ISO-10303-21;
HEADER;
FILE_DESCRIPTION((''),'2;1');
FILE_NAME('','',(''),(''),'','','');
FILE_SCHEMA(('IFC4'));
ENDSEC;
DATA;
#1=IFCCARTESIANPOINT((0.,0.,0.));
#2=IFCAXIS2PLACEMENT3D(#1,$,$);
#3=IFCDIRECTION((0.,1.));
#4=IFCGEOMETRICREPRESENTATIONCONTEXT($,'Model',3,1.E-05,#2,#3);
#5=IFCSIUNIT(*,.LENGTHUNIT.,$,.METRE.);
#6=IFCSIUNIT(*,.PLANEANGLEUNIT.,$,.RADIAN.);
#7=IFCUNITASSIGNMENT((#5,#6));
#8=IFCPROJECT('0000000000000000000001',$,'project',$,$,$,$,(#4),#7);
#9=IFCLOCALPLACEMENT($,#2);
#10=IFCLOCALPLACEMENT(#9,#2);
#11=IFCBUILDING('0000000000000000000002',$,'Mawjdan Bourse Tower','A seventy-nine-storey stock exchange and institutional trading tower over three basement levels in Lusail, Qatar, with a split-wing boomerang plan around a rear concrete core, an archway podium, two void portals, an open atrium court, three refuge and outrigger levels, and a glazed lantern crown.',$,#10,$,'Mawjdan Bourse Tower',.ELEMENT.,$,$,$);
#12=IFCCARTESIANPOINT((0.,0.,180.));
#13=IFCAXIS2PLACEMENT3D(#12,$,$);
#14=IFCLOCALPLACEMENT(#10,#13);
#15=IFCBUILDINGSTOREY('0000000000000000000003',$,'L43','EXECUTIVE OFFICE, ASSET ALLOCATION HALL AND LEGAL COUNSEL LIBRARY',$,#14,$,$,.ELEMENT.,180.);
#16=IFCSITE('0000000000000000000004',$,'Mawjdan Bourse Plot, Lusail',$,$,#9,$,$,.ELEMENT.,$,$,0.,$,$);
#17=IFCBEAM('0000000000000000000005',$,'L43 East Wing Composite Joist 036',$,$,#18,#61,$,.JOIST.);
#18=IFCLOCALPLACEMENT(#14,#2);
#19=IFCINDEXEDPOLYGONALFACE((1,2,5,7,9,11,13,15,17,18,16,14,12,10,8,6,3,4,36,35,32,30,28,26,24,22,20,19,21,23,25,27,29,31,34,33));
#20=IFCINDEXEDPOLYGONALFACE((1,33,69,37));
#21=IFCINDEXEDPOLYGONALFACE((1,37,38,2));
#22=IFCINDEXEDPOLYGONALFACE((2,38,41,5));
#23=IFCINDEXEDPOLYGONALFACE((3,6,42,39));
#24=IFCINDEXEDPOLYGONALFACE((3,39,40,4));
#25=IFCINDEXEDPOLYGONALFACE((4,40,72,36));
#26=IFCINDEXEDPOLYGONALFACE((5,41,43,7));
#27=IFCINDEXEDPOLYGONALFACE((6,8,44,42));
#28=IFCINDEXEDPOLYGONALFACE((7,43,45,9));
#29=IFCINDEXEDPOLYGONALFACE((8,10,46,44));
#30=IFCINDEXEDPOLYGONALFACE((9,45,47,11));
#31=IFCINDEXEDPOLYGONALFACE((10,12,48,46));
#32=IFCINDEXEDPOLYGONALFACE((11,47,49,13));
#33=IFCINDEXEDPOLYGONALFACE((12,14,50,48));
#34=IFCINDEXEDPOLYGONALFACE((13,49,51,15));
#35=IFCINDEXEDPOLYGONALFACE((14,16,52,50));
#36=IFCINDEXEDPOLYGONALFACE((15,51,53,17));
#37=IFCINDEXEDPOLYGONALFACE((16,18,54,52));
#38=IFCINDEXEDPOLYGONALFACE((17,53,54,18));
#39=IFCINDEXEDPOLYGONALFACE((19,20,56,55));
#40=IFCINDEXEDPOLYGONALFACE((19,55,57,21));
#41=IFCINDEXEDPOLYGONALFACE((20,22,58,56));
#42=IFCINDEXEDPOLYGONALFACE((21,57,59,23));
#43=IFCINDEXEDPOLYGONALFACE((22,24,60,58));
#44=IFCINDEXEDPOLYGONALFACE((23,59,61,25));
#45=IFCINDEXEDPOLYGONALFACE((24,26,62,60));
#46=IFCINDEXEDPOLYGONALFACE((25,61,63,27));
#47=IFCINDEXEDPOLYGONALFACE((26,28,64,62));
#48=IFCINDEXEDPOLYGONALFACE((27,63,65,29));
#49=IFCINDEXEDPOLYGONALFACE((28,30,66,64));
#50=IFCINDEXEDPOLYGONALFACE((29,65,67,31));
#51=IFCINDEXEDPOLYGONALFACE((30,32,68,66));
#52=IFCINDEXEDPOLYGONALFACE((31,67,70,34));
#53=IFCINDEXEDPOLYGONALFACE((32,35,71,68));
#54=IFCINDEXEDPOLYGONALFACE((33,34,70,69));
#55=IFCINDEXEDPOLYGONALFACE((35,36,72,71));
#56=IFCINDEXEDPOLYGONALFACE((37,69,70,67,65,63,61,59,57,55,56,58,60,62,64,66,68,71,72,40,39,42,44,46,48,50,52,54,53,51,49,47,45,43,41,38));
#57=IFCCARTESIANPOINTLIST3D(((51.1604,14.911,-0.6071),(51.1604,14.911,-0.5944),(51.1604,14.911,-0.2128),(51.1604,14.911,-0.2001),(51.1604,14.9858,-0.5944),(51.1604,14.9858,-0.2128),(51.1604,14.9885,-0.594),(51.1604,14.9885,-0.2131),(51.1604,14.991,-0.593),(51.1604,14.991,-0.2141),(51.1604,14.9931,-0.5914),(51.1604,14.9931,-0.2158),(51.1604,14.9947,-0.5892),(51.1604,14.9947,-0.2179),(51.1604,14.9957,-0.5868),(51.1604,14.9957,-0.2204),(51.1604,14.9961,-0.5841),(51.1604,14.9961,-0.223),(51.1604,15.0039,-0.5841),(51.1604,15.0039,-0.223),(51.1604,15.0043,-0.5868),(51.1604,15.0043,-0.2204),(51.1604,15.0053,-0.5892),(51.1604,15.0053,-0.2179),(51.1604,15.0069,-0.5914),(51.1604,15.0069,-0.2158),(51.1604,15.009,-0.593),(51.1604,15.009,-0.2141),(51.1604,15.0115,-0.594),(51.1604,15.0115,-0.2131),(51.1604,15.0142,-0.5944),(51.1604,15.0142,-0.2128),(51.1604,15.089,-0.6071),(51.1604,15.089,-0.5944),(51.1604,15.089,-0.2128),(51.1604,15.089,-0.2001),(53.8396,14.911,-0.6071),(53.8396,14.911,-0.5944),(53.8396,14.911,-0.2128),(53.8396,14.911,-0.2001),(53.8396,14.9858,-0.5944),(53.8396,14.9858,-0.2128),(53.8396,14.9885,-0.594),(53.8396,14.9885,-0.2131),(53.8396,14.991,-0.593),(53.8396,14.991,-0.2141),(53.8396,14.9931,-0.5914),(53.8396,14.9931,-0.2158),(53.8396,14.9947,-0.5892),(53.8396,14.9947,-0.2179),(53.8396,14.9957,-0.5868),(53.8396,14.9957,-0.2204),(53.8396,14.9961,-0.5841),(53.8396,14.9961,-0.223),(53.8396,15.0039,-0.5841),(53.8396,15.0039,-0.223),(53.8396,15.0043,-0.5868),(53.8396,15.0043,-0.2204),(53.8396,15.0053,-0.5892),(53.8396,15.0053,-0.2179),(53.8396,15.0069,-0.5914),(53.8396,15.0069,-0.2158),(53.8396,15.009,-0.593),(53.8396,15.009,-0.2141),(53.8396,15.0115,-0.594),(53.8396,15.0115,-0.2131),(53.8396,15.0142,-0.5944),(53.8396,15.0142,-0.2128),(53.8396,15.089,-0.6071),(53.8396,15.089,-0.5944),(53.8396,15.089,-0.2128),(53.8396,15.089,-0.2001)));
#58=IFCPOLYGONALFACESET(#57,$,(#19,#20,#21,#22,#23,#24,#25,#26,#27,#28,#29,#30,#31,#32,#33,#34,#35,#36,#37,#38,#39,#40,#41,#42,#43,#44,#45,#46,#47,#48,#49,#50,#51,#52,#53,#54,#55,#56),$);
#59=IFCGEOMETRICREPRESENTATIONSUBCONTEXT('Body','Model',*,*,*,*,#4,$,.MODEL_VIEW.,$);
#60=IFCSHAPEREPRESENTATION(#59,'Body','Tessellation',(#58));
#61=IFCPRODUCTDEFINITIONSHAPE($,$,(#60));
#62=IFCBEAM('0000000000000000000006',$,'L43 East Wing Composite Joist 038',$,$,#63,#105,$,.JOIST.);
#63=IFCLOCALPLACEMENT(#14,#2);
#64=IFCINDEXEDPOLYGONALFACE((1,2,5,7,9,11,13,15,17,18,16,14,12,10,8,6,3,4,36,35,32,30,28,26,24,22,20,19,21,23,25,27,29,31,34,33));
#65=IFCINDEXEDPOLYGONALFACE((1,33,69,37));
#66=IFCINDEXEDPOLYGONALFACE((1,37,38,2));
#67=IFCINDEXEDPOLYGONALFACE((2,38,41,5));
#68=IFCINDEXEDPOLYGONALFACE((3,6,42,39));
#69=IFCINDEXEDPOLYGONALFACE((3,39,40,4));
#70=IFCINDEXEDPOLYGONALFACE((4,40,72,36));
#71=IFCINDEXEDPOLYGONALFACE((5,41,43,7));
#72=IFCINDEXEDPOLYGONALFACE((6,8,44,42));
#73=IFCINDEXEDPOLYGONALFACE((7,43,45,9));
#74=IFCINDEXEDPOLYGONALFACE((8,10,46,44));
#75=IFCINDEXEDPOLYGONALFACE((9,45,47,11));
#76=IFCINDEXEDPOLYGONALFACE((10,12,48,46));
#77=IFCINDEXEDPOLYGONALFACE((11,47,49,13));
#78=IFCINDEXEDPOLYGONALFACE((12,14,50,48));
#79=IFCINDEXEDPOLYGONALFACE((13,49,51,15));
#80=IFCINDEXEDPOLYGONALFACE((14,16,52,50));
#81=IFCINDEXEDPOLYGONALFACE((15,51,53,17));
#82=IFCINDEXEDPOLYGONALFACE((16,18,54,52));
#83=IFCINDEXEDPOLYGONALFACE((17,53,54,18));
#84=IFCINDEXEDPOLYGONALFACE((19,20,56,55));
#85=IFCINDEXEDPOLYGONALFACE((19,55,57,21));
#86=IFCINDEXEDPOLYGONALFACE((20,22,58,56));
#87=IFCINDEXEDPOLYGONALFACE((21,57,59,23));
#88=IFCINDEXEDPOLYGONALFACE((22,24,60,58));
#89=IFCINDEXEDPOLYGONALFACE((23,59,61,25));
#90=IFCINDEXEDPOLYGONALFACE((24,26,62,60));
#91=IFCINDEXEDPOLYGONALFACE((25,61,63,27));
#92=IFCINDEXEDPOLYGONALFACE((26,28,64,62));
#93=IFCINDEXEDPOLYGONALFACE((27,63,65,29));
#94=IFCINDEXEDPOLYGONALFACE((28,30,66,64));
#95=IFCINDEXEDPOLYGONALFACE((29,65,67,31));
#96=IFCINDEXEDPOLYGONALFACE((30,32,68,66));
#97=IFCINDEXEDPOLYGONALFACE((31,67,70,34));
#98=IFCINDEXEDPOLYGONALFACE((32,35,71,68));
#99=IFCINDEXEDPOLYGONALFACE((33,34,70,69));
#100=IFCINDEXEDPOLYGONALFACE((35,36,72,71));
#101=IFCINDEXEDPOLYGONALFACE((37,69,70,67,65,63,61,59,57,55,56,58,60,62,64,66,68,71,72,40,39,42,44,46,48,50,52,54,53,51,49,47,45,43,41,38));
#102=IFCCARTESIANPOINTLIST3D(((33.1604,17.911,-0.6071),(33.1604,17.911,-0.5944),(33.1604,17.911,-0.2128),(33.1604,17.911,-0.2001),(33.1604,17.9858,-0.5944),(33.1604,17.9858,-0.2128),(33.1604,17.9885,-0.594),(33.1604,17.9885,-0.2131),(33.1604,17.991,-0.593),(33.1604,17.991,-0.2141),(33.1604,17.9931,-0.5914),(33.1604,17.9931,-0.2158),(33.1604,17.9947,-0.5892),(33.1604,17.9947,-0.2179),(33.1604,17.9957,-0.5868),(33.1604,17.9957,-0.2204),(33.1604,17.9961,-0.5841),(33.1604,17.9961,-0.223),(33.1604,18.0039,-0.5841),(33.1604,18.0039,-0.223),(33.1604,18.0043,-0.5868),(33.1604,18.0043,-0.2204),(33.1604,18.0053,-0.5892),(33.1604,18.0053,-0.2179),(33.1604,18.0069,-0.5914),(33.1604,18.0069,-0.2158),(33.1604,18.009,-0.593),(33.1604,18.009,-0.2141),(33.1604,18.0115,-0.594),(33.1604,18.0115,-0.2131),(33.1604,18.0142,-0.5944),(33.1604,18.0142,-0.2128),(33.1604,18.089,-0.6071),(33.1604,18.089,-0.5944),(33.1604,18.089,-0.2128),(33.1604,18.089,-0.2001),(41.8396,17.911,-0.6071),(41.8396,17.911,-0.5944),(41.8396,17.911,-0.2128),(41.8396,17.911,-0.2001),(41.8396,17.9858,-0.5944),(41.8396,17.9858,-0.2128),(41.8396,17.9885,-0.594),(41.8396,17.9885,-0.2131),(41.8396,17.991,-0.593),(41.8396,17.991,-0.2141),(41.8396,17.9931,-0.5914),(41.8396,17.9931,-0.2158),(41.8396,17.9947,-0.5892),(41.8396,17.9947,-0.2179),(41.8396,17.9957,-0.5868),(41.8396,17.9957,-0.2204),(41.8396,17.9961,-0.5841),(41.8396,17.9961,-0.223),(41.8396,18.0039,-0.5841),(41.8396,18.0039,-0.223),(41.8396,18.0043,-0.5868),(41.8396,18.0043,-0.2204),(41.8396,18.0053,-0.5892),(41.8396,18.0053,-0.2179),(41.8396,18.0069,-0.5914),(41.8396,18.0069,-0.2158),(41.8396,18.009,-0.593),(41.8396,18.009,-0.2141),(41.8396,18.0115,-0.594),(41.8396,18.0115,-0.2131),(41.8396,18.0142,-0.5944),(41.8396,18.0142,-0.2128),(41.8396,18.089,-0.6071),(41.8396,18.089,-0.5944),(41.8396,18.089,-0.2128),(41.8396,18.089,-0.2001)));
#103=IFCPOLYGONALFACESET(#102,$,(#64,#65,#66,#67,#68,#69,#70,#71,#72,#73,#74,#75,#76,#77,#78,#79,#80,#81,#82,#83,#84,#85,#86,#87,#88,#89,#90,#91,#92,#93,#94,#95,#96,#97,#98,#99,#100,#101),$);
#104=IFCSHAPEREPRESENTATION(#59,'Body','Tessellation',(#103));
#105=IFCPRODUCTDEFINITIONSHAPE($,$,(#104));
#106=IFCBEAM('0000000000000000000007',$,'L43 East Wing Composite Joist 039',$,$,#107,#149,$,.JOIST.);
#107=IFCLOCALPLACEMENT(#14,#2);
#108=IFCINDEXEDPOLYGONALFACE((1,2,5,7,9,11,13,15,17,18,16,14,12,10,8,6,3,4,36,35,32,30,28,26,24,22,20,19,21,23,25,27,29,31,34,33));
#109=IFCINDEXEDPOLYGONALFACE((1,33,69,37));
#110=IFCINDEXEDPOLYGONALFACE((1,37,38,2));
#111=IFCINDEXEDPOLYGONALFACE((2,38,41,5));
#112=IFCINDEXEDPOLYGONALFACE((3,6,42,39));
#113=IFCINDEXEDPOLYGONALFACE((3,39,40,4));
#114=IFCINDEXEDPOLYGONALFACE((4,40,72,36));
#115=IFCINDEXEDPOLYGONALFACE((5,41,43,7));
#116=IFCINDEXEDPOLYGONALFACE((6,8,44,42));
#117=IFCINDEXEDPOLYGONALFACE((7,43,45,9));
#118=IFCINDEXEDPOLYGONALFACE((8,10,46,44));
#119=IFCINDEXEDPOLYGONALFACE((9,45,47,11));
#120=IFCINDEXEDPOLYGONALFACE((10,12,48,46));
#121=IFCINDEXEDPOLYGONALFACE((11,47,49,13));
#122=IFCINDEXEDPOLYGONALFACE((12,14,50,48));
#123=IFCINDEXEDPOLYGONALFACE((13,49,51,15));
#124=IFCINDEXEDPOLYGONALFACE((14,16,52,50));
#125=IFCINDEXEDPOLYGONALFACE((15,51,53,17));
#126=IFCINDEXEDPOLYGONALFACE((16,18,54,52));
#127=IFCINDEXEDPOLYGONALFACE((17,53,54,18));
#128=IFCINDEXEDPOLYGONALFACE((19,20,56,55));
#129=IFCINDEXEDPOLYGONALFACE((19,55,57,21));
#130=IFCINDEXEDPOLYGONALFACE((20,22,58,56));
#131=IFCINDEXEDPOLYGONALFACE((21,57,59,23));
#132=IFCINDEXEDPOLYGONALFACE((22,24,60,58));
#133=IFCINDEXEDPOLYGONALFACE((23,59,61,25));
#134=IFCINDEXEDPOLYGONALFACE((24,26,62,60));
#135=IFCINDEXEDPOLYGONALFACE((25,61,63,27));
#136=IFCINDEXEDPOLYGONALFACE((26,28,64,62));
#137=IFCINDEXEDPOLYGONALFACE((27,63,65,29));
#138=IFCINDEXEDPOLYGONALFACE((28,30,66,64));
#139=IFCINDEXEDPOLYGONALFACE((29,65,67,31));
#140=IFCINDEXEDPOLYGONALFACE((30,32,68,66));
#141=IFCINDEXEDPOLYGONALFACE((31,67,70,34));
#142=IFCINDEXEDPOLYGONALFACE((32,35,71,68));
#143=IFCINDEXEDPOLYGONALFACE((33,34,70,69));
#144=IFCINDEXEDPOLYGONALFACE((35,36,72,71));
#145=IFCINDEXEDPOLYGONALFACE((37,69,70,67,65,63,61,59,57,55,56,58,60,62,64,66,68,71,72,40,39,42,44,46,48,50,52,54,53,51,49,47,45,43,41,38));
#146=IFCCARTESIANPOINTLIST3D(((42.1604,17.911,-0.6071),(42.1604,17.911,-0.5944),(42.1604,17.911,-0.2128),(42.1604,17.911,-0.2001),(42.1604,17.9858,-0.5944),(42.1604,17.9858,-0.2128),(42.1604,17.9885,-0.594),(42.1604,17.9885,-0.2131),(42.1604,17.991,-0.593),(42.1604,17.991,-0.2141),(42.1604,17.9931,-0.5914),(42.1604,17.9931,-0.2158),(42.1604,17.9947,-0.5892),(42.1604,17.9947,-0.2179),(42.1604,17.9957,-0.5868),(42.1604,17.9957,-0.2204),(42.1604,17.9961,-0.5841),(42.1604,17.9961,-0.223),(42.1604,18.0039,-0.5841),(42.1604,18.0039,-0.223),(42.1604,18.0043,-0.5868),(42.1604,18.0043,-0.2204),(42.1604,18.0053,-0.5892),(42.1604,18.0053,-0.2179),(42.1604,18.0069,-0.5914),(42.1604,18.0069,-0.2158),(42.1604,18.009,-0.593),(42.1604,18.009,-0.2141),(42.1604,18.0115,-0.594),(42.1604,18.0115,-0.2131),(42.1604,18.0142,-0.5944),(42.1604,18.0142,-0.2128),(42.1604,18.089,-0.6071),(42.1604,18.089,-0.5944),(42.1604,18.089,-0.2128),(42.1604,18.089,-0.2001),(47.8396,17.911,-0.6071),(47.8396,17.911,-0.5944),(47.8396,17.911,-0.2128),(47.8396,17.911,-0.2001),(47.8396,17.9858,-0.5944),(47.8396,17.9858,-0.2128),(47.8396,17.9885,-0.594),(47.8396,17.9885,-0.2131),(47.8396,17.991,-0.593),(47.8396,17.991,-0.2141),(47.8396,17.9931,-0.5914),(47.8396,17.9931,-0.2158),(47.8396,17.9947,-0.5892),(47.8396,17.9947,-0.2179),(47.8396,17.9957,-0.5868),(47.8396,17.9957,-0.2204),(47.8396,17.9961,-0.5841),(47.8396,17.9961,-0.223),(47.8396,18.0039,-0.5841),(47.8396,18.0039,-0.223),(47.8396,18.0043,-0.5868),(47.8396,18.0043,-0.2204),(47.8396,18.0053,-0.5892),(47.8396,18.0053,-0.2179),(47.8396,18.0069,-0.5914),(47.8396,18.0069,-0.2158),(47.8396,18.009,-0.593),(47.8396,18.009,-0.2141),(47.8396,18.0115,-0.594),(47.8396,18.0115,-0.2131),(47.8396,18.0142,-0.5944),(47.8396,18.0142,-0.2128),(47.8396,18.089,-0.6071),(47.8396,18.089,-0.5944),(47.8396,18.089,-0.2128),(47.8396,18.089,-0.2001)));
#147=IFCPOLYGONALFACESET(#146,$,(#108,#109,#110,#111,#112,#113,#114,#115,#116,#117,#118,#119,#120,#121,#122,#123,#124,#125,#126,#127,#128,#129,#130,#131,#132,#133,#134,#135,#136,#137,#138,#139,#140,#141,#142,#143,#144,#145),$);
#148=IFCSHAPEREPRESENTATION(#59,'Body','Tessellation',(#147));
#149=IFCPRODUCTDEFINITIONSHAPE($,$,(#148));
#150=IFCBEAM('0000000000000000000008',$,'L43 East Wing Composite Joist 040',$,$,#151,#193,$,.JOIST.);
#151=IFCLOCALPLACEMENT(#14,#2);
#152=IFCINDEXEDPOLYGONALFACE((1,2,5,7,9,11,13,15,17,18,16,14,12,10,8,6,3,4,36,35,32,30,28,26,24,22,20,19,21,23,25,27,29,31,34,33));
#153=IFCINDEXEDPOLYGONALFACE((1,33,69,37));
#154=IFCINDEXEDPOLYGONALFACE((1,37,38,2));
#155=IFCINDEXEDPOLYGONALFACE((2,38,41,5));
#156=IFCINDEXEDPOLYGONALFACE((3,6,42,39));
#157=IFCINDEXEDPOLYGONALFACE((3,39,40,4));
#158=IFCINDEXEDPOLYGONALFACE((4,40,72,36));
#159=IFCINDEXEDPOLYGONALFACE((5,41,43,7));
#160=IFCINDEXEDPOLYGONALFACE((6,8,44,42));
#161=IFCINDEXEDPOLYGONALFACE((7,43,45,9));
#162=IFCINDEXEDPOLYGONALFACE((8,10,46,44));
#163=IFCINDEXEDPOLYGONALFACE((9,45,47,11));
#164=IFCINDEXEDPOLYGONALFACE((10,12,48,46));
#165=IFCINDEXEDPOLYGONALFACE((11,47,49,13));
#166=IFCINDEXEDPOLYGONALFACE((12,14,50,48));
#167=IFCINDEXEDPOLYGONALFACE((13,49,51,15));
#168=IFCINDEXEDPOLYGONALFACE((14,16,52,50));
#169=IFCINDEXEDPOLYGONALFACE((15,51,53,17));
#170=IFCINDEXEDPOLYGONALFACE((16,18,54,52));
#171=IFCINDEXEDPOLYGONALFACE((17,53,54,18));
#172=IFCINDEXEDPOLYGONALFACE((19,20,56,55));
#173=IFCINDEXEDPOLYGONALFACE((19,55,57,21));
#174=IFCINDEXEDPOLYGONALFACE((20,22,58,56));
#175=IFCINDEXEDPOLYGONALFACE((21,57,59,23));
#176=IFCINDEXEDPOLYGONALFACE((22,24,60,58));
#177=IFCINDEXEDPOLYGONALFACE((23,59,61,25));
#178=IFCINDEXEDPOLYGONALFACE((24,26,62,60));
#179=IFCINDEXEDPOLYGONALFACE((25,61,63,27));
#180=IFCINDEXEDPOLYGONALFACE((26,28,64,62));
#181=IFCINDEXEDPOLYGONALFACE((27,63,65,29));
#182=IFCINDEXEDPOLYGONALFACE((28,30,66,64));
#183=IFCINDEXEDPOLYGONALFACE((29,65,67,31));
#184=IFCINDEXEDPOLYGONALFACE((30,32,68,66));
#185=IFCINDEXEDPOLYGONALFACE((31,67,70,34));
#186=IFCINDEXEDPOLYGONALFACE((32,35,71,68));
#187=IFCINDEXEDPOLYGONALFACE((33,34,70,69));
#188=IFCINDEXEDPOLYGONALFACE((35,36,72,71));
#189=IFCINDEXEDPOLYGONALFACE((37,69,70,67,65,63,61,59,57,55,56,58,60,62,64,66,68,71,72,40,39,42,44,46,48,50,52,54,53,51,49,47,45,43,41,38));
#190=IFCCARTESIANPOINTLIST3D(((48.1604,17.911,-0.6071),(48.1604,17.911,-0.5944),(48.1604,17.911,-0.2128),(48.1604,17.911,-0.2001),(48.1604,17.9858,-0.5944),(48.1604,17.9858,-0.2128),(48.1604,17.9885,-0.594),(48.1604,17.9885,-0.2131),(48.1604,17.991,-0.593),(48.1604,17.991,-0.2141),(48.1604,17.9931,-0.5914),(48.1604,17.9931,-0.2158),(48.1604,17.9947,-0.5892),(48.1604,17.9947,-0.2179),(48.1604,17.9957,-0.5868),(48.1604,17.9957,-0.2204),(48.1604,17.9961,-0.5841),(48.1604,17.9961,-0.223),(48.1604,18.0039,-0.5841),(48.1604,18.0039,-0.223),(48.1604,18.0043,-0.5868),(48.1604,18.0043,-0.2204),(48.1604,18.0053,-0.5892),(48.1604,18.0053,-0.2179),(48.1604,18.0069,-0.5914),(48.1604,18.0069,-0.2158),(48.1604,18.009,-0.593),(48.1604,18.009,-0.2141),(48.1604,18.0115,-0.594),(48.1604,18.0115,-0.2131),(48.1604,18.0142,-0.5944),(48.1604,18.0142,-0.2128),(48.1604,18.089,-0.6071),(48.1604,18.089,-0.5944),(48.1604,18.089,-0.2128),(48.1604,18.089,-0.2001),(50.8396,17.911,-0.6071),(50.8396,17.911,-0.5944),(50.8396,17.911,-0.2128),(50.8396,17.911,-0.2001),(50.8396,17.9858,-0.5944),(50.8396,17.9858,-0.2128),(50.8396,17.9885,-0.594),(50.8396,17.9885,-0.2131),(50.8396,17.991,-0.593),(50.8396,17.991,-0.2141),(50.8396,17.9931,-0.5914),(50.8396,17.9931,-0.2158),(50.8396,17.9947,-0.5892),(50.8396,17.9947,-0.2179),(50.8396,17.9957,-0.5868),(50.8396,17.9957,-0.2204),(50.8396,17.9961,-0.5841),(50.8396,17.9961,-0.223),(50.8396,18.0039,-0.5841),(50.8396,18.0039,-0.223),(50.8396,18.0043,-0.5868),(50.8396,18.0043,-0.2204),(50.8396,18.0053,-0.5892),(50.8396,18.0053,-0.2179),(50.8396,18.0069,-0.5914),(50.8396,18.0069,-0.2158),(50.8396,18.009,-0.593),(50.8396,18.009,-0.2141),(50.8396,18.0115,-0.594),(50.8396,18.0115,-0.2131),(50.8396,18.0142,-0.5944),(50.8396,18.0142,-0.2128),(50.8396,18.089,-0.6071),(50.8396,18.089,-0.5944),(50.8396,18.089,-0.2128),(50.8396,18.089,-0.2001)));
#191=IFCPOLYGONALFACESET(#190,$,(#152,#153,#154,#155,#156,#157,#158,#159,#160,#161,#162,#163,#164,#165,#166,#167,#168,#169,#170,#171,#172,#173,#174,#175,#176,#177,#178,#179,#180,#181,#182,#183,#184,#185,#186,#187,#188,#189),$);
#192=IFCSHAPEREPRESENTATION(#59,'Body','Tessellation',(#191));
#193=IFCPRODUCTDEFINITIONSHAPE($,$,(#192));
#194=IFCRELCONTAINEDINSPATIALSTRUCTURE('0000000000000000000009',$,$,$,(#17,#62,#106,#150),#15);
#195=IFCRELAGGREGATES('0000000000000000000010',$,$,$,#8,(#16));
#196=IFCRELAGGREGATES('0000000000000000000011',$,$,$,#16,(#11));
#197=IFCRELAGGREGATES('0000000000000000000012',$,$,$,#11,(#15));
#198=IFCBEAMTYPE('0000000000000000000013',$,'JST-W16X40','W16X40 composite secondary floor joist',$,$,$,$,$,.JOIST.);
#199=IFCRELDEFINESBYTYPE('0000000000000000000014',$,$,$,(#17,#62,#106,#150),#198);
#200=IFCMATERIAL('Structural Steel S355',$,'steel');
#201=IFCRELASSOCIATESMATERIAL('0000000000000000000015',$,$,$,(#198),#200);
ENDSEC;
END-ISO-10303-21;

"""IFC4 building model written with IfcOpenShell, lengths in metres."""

from ifc_helpers import new_model, si_unit, direction, frame, origin, origin_2d, place, context, subcontext, project, spatial, i_section, extrude, material, material_profile, profile_set, type_object, element, save


model = new_model("IFC4")

# Units and contexts
model_context = context("Model", 3, precision=1e-05, world=origin(), true_north=direction((0.0, 1.0)))
body_context = subcontext(model_context, "Body", "Model", "MODEL_VIEW")
ifc_project = project(units=[si_unit("LENGTHUNIT", "METRE"), si_unit("PLANEANGLEUNIT", "RADIAN")], contexts=[model_context])

# Site, building, storey
site_placement = place(None, origin())
site = spatial("IfcSite", under=ifc_project, at=site_placement, Name="Mawjdan Bourse Plot, Lusail", CompositionType="ELEMENT", RefElevation=0.0)
building_placement = place(site_placement, origin())
building = spatial("IfcBuilding", under=site, at=building_placement, Name="Mawjdan Bourse Tower", Description="A seventy-nine-storey stock exchange and institutional trading tower over three basement levels in Lusail, Qatar, with a split-wing boomerang plan around a rear concrete core, an archway podium, two void portals, an open atrium court, three refuge and outrigger levels, and a glazed lantern crown.", LongName="Mawjdan Bourse Tower", CompositionType="ELEMENT")
storey_placement = place(building_placement, frame((0.0, 0.0, 180.0)))
storey = spatial("IfcBuildingStorey", under=building, at=storey_placement, Name="L43", Description="EXECUTIVE OFFICE, ASSET ALLOCATION HALL AND LEGAL COUNSEL LIBRARY", CompositionType="ELEMENT", Elevation=180.0)

# Beams
ifc_material_1 = material(Name="Structural Steel S355", Category="steel")
ifc_material_profile_1 = material_profile(ifc_material_1, i_section(OverallWidth=0.178, OverallDepth=0.407, WebThickness=0.0078, FlangeThickness=0.0127, FilletRadius=0.0103, at=origin_2d()), Name="W16X40")
ifc_profile_set_1 = profile_set([ifc_material_profile_1], Name="Structural Steel S355")
beam_type_1 = type_object("IfcBeamType", Name="JST-W16X40", Description="W16X40 composite secondary floor joist", PredefinedType="JOIST", material=ifc_profile_set_1)
for number, where, z_axis, x_axis, name in (
    (1, (51.1604, 15.0, -0.4036), (1.0, 0.0, 0.0), (0.0, 1.0, 0.0), "L43 East Wing Composite Joist 036"),
):
    element("IfcBeam", number, at=place(storey_placement, frame(where, z_axis=z_axis, x_axis=x_axis)), inside=storey, type_object=beam_type_1, Name=name, PredefinedType="JOIST", context=body_context, shape_type="SweptSolid", body=[
        extrude(i_section(OverallWidth=0.178, OverallDepth=0.407, WebThickness=0.0078, FlangeThickness=0.0127, FilletRadius=0.0103, at=origin_2d()), origin(), (0.0, 0.0, 1.0), 2.6792),
    ])
beam_1_placement = place(storey_placement, frame((33.1604, 18.0, -0.4036), z_axis=(1.0, 0.0, 0.0), x_axis=(0.0, 1.0, 0.0)))
element("IfcBeam", 2, at=beam_1_placement, inside=storey, type_object=beam_type_1, Name="L43 East Wing Composite Joist 038", PredefinedType="JOIST", context=body_context, shape_type="SweptSolid", body=[
    extrude(i_section(OverallWidth=0.178, OverallDepth=0.407, WebThickness=0.0078, FlangeThickness=0.0127, FilletRadius=0.0103, at=origin_2d()), origin(), (0.0, 0.0, 1.0), 8.6792),
])
beam_2_placement = place(storey_placement, frame((42.1604, 18.0, -0.4036), z_axis=(1.0, 0.0, 0.0), x_axis=(0.0, 1.0, 0.0)))
element("IfcBeam", 3, at=beam_2_placement, inside=storey, type_object=beam_type_1, Name="L43 East Wing Composite Joist 039", PredefinedType="JOIST", context=body_context, shape_type="SweptSolid", body=[
    extrude(i_section(OverallWidth=0.178, OverallDepth=0.407, WebThickness=0.0078, FlangeThickness=0.0127, FilletRadius=0.0103, at=origin_2d()), origin(), (0.0, 0.0, 1.0), 5.6792),
])
for number, where, z_axis, x_axis, name in (
    (4, (48.1604, 18.0, -0.4036), (1.0, 0.0, 0.0), (0.0, 1.0, 0.0), "L43 East Wing Composite Joist 040"),
):
    element("IfcBeam", number, at=place(storey_placement, frame(where, z_axis=z_axis, x_axis=x_axis)), inside=storey, type_object=beam_type_1, Name=name, PredefinedType="JOIST", context=body_context, shape_type="SweptSolid", body=[
        extrude(i_section(OverallWidth=0.178, OverallDepth=0.407, WebThickness=0.0078, FlangeThickness=0.0127, FilletRadius=0.0103, at=origin_2d()), origin(), (0.0, 0.0, 1.0), 2.6792),
    ])

save(model, "model.ifc")
